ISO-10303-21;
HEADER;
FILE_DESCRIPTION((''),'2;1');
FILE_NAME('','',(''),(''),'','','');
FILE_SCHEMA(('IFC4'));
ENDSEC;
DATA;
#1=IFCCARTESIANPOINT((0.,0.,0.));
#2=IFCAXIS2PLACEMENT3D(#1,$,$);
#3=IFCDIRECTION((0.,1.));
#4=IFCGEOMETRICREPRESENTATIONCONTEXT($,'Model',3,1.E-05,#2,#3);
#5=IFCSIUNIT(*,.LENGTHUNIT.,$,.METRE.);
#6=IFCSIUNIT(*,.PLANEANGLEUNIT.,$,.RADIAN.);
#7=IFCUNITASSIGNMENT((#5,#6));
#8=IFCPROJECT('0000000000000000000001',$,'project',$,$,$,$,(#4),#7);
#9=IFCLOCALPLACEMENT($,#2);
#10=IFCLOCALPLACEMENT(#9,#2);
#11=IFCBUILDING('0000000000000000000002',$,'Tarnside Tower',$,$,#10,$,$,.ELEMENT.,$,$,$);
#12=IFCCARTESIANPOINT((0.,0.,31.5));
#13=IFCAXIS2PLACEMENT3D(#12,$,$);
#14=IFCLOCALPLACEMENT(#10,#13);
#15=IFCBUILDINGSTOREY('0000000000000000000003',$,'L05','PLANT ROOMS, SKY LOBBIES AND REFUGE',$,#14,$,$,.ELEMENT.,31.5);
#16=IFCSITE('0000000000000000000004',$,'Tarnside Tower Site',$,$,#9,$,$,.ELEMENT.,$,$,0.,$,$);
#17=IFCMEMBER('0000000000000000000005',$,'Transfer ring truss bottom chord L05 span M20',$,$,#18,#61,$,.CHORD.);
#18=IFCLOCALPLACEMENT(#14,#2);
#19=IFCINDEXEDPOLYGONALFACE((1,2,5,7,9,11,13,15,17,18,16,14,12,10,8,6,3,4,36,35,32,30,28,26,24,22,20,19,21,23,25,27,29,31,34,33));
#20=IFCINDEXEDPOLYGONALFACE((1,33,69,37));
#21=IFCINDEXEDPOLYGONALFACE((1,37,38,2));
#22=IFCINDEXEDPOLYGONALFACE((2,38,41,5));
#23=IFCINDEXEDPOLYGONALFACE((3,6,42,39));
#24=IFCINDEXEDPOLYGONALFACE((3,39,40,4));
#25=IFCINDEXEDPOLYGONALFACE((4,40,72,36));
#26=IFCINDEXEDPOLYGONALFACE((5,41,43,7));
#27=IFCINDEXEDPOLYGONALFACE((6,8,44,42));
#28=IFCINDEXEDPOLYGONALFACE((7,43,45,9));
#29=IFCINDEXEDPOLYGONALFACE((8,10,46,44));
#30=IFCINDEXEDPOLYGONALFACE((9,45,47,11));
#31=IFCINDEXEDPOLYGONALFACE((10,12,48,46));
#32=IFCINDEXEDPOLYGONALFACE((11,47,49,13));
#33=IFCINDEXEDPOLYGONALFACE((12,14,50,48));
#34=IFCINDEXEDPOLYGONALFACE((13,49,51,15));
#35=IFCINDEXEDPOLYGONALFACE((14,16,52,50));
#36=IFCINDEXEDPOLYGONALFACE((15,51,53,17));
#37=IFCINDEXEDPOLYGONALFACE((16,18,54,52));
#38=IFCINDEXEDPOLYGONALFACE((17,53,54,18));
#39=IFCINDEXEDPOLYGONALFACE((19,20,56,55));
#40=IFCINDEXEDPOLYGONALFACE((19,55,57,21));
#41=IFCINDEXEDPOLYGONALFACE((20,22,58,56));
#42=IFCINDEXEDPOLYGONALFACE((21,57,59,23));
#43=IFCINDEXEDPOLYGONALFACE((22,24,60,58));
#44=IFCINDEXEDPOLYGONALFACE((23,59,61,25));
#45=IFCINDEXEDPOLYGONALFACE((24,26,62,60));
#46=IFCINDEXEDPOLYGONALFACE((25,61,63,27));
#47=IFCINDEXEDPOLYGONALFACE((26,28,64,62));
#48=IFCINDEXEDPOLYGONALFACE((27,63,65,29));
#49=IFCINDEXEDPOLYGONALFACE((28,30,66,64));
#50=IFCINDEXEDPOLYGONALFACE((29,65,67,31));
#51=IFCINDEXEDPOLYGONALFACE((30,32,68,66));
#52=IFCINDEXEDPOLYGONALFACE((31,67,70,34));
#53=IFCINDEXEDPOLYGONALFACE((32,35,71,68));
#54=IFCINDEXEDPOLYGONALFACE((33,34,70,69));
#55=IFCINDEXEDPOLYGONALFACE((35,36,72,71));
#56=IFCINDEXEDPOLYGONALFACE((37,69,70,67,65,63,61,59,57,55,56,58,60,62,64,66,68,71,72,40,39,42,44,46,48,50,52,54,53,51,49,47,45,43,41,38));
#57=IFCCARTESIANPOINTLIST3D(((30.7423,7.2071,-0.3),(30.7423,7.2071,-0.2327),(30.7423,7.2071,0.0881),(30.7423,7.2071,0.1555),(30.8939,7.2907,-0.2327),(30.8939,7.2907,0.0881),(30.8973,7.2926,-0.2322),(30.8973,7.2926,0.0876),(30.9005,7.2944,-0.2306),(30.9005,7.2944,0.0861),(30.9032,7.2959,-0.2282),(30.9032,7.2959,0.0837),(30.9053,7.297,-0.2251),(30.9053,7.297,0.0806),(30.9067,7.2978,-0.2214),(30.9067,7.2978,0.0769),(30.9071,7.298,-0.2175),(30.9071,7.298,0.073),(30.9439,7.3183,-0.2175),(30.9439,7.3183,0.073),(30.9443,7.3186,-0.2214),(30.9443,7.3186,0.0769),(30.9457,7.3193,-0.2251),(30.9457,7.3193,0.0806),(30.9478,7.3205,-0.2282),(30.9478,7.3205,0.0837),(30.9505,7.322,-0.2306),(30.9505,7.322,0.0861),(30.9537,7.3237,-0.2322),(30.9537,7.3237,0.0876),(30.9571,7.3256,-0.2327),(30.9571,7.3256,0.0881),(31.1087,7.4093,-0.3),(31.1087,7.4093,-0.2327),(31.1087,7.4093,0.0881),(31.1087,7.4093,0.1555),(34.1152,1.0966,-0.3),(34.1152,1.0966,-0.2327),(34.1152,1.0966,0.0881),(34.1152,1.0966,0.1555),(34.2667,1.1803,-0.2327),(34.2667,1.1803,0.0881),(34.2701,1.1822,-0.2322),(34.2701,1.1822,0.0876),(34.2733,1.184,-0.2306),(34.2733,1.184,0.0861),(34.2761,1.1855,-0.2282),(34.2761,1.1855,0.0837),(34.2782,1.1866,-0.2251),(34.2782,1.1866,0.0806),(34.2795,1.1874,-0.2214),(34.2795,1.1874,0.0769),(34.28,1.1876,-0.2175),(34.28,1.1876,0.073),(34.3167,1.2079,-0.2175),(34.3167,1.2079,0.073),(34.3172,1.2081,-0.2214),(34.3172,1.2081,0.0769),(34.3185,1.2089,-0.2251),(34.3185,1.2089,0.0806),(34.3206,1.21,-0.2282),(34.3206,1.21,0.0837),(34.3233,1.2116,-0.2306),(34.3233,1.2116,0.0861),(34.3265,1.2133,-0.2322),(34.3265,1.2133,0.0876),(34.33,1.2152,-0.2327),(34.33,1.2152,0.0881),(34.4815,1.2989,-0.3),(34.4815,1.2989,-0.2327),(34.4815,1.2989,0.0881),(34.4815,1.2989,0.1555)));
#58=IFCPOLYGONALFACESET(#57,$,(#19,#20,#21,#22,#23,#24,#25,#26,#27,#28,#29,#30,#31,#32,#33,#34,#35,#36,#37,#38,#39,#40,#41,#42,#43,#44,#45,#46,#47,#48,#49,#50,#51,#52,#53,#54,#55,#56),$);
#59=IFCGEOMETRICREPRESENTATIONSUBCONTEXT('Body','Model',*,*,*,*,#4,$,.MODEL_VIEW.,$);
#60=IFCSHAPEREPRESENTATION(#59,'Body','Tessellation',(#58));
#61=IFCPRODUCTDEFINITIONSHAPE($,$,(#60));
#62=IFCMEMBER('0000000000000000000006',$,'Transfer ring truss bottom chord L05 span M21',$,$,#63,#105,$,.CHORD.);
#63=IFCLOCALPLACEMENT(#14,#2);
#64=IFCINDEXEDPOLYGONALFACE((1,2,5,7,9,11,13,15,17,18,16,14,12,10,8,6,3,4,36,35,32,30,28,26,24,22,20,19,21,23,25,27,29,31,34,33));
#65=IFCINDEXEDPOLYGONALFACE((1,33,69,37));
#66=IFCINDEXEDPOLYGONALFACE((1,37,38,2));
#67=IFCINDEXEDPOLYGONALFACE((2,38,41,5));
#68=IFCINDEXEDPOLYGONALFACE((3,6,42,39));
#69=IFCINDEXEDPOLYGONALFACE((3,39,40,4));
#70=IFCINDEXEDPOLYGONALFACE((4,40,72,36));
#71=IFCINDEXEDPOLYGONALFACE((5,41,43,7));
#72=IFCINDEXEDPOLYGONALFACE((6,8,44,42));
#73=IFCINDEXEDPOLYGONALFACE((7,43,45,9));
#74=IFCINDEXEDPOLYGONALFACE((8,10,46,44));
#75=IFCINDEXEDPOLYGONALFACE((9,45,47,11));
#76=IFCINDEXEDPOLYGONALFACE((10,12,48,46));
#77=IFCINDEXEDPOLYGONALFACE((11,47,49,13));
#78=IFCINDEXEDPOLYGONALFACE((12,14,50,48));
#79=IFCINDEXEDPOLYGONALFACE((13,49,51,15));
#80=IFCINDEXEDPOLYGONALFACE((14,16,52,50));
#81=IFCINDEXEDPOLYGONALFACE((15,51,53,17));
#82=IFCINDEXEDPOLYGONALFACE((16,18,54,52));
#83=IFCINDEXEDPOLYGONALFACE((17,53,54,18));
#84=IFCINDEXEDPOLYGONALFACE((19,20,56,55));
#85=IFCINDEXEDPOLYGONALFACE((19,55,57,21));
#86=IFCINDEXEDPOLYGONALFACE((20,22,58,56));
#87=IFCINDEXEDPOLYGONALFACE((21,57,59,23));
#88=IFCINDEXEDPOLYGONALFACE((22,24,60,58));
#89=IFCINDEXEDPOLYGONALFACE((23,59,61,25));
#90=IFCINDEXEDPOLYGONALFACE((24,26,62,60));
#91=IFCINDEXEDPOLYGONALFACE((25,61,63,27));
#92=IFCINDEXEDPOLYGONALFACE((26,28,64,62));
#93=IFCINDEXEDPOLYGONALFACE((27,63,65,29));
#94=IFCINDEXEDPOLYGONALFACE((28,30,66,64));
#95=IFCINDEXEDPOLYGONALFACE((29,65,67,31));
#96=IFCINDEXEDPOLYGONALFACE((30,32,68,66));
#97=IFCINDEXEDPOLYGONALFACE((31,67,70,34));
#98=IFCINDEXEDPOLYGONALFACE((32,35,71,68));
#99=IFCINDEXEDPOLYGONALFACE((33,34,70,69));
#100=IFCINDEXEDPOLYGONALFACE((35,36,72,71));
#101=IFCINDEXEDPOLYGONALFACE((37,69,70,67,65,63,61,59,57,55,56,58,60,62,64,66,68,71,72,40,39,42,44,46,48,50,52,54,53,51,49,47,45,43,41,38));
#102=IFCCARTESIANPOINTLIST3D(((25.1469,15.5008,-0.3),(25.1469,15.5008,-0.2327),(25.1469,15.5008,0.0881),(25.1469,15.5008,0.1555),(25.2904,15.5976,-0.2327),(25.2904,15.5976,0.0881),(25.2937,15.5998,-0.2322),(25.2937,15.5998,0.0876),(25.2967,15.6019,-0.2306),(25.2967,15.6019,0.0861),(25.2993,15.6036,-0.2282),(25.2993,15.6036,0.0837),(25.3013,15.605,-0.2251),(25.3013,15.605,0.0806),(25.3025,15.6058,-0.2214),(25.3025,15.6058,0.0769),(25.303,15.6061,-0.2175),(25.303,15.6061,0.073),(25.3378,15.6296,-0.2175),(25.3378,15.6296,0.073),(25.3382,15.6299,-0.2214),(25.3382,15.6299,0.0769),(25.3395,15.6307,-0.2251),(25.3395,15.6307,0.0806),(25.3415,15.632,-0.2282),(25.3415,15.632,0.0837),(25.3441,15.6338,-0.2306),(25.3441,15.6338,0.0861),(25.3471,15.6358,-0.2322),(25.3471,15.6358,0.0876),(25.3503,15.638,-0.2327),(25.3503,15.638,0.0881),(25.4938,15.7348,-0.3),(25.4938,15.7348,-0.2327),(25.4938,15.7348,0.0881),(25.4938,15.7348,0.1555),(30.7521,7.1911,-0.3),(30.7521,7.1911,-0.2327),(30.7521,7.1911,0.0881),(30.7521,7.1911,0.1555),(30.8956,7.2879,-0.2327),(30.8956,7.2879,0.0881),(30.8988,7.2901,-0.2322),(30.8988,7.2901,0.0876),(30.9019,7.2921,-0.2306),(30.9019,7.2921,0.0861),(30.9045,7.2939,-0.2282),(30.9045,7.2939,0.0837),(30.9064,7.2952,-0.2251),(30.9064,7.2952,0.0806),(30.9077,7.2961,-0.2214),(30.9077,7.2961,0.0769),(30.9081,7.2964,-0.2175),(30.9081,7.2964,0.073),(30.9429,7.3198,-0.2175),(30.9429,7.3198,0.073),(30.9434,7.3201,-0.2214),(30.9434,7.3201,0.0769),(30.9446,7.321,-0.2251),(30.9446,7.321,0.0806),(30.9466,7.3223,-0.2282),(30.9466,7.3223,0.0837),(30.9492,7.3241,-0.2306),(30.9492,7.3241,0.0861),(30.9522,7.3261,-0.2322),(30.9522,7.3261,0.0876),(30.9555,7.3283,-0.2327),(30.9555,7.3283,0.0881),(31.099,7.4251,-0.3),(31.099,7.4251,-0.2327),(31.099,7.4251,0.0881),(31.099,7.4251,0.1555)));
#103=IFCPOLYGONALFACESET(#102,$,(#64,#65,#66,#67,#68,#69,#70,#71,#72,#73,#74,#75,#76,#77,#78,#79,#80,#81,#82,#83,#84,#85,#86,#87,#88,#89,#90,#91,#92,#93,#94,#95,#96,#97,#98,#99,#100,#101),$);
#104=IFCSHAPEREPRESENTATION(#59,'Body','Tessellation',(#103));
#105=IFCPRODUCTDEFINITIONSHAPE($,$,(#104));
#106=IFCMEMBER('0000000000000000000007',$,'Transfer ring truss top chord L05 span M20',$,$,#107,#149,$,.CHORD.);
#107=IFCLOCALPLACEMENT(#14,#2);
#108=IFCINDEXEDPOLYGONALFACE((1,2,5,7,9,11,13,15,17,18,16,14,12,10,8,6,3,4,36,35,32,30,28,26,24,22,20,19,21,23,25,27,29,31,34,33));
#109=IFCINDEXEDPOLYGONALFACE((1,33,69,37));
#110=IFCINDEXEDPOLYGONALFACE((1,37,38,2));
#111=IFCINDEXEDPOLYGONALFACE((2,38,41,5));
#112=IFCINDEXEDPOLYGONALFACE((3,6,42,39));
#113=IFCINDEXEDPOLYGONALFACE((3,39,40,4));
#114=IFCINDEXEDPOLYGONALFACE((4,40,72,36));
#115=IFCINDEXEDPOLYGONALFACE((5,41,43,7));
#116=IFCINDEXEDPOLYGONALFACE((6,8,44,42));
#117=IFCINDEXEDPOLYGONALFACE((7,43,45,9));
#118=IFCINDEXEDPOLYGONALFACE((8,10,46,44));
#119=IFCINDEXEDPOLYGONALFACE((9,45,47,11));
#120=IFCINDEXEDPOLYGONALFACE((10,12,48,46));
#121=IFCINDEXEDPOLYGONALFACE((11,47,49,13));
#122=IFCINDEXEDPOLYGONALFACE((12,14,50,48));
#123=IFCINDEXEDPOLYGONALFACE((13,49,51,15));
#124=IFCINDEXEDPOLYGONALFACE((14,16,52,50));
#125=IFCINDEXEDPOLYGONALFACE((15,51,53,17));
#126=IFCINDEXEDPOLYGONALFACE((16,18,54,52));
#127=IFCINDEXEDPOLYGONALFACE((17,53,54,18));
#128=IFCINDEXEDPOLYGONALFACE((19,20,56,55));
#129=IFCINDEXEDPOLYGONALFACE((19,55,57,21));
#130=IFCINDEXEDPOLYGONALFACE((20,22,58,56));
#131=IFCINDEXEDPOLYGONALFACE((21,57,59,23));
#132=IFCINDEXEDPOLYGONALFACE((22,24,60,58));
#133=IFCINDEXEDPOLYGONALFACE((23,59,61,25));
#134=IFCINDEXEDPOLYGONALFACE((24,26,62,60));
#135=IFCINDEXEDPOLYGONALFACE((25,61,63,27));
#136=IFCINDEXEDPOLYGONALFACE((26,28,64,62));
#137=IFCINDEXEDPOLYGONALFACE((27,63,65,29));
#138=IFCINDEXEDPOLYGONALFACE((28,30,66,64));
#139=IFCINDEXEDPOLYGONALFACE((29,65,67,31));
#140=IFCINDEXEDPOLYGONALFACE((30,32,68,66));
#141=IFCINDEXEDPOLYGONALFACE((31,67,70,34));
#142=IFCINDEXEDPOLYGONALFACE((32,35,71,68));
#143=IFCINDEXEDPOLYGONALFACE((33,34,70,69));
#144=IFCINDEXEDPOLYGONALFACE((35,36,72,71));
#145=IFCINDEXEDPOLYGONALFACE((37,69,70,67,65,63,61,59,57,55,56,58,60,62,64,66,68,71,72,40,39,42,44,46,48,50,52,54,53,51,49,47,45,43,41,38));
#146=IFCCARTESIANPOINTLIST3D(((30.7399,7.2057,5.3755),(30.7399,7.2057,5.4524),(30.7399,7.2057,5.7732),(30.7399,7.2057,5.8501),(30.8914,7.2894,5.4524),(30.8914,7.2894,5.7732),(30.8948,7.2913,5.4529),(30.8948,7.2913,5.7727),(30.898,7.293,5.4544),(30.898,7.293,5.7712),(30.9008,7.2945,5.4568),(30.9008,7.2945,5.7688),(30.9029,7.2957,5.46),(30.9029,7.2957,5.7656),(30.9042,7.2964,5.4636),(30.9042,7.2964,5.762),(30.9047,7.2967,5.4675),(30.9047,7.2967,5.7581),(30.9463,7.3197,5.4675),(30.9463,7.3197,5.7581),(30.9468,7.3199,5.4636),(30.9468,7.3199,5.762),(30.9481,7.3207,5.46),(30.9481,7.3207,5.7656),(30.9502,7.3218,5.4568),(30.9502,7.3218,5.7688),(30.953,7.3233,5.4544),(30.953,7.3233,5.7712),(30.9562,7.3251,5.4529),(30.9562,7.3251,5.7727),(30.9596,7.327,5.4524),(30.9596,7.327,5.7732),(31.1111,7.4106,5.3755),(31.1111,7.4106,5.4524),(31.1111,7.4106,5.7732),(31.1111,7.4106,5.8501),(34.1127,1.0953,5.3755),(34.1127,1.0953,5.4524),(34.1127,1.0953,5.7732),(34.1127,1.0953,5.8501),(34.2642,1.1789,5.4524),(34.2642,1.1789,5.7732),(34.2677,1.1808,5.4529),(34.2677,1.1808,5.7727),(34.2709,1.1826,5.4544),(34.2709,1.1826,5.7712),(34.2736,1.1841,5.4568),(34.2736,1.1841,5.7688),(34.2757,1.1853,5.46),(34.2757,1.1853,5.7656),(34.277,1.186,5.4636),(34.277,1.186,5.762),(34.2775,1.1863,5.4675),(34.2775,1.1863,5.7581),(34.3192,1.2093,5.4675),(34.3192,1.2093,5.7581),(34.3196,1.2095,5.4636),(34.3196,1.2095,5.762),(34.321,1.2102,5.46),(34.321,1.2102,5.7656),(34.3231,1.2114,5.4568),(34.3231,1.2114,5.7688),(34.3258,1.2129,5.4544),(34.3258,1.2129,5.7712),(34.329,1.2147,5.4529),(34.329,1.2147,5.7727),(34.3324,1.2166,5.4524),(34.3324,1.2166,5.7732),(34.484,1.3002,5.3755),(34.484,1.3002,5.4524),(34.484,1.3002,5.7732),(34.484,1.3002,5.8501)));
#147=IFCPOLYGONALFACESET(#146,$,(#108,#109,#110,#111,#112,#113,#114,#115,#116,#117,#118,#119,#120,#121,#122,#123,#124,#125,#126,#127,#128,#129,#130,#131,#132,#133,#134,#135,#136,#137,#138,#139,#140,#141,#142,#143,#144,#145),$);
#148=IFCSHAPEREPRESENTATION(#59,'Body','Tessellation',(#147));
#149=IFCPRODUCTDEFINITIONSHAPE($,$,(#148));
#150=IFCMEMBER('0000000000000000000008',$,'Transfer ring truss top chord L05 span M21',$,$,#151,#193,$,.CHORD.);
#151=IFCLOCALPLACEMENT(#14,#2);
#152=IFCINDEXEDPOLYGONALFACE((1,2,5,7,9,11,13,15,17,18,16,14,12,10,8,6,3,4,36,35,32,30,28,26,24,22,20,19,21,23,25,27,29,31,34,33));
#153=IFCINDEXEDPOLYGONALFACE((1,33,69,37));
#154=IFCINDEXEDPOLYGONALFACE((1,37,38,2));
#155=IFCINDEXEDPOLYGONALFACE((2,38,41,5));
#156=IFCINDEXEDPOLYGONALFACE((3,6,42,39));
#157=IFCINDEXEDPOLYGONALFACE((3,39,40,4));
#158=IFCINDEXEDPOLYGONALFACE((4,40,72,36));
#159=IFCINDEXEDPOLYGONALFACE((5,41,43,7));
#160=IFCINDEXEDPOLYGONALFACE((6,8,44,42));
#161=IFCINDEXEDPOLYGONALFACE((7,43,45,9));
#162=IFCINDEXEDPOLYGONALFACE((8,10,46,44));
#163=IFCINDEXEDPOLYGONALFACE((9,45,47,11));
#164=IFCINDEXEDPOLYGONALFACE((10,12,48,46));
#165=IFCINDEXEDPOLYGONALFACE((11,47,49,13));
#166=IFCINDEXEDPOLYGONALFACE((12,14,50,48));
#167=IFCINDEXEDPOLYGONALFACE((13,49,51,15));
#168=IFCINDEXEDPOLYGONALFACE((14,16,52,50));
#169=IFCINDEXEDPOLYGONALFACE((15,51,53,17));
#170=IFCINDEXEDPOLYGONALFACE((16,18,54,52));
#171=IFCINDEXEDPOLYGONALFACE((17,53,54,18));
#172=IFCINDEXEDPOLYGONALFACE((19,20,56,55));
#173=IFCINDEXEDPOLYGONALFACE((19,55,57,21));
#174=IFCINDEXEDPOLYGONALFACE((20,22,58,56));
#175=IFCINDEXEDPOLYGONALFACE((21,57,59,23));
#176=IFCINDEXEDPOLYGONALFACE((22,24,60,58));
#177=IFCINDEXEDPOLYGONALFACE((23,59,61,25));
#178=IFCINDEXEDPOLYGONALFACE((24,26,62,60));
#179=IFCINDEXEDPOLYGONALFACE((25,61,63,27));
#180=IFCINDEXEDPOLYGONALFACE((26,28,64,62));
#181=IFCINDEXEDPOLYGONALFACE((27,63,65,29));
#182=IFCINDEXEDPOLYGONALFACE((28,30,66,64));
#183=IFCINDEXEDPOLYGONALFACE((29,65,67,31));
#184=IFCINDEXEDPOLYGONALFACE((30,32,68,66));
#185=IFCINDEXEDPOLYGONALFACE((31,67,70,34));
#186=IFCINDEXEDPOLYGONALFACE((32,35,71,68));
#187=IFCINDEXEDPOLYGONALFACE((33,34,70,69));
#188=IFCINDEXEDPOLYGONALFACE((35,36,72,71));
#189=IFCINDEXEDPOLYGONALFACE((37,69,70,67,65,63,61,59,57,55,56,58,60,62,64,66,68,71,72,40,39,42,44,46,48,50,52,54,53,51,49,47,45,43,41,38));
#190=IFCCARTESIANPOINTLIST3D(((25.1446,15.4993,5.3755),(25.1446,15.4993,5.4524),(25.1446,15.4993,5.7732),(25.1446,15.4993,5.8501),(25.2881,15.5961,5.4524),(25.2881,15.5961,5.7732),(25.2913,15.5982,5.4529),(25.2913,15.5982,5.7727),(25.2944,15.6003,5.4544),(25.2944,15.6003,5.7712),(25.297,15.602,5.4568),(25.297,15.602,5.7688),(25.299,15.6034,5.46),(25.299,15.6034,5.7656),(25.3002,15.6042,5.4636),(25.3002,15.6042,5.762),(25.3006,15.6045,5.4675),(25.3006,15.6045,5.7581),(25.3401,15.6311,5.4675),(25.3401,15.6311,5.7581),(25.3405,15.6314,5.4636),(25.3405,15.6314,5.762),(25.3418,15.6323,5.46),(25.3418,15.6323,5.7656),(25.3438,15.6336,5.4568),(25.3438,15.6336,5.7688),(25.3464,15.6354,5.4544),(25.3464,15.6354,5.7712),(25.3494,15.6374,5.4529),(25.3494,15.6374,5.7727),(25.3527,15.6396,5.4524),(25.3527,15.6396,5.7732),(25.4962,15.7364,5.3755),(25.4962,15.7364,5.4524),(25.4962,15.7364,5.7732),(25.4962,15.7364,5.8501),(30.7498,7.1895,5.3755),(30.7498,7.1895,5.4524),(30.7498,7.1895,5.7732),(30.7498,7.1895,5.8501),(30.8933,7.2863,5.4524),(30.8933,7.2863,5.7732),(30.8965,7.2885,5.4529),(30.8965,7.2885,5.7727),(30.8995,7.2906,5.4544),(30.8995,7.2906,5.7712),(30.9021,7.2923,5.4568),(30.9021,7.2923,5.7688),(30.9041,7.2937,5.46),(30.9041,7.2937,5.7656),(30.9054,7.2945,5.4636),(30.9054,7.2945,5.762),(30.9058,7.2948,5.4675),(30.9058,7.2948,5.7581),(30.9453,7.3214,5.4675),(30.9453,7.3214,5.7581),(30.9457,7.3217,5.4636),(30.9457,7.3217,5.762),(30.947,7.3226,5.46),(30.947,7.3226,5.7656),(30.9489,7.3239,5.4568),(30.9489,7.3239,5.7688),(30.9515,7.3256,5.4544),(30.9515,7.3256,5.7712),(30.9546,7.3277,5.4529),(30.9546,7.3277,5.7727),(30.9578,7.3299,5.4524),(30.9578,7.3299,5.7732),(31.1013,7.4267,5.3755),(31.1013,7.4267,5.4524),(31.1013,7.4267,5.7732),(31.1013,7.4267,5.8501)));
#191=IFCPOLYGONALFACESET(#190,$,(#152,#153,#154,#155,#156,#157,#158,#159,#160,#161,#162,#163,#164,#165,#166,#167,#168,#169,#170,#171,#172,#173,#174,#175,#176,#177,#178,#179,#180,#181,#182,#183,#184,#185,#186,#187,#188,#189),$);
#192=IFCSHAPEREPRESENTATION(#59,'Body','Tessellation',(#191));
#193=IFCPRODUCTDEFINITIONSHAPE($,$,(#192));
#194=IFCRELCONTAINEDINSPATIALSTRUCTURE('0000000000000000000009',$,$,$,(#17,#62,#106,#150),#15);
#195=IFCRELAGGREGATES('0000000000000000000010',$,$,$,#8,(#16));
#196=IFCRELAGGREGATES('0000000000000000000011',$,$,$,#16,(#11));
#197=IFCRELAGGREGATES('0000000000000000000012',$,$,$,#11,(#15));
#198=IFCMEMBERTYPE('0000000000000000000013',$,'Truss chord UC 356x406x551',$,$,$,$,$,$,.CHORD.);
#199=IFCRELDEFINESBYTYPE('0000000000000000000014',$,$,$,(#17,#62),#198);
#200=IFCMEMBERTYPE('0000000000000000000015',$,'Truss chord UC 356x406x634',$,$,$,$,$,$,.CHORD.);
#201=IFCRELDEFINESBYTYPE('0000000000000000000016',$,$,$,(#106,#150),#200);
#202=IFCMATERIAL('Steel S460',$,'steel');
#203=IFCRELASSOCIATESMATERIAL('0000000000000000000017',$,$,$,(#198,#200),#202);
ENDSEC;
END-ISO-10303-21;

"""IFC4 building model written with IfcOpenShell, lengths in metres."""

from ifc_helpers import new_model, si_unit, direction, frame, origin, origin_2d, place, context, subcontext, project, spatial, i_section, extrude, material, material_profile, profile_set, type_object, element, save


model = new_model("IFC4")

# Units and contexts
model_context = context("Model", 3, precision=1e-05, world=origin(), true_north=direction((0.0, 1.0)))
body_context = subcontext(model_context, "Body", "Model", "MODEL_VIEW")
ifc_project = project(units=[si_unit("LENGTHUNIT", "METRE"), si_unit("PLANEANGLEUNIT", "RADIAN")], contexts=[model_context])

# Site, building, storey
site_placement = place(None, origin())
site = spatial("IfcSite", under=ifc_project, at=site_placement, Name="Tarnside Tower Site", CompositionType="ELEMENT", RefElevation=0.0)
building_placement = place(site_placement, origin())
building = spatial("IfcBuilding", under=site, at=building_placement, Name="Tarnside Tower", CompositionType="ELEMENT")
storey_placement = place(building_placement, frame((0.0, 0.0, 31.5)))
storey = spatial("IfcBuildingStorey", under=building, at=storey_placement, Name="L05", Description="PLANT ROOMS, SKY LOBBIES AND REFUGE", CompositionType="ELEMENT", Elevation=31.5)

# Members
ifc_material_1 = material(Name="Steel S460", Category="steel")
ifc_material_profile_1 = material_profile(ifc_material_1, i_section(OverallWidth=0.4185, OverallDepth=0.4556, WebThickness=0.042, FlangeThickness=0.0674, FilletRadius=0.0151, at=origin_2d()), Name="UC 356x406x551")
ifc_profile_set_1 = profile_set([ifc_material_profile_1], Name="Steel S460")
member_type_1 = type_object("IfcMemberType", Name="Truss chord UC 356x406x551", PredefinedType="CHORD", material=ifc_profile_set_1)
member_1_placement = place(storey_placement, frame((34.2983, 1.1978, -0.0723), z_axis=(-0.48325, 0.875482, 0.0), x_axis=(-0.875482, -0.48325, 0.0)))
element("IfcMember", 1, at=member_1_placement, inside=storey, type_object=member_type_1, Name="Transfer ring truss bottom chord L05 span M20", PredefinedType="CHORD", context=body_context, shape_type="SweptSolid", body=[
    extrude(i_section(OverallWidth=0.4185, OverallDepth=0.4556, WebThickness=0.042, FlangeThickness=0.0674, FilletRadius=0.0151, at=origin_2d()), origin(), (0.0, 0.0, 1.0), 6.9795),
])
member_2_placement = place(storey_placement, frame((30.9255, 7.3081, -0.0723), z_axis=(-0.559206, 0.829029, 0.0), x_axis=(-0.829029, -0.559206, 0.0)))
element("IfcMember", 2, at=member_2_placement, inside=storey, type_object=member_type_1, Name="Transfer ring truss bottom chord L05 span M21", PredefinedType="CHORD", context=body_context, shape_type="SweptSolid", body=[
    extrude(i_section(OverallWidth=0.4185, OverallDepth=0.4556, WebThickness=0.042, FlangeThickness=0.0674, FilletRadius=0.0151, at=origin_2d()), origin(), (0.0, 0.0, 1.0), 10.0234),
])
ifc_material_profile_2 = material_profile(ifc_material_1, i_section(OverallWidth=0.4241, OverallDepth=0.4746, WebThickness=0.0476, FlangeThickness=0.0769, FilletRadius=0.0151, at=origin_2d()), Name="UC 356x406x634")
ifc_profile_set_2 = profile_set([ifc_material_profile_2], Name="Steel S460")
member_type_2 = type_object("IfcMemberType", Name="Truss chord UC 356x406x634", PredefinedType="CHORD", material=ifc_profile_set_2)
member_3_placement = place(storey_placement, frame((34.2983, 1.1978, 5.6128), z_axis=(-0.48325, 0.875482, 0.0), x_axis=(-0.875482, -0.48325, 0.0)))
element("IfcMember", 3, at=member_3_placement, inside=storey, type_object=member_type_2, Name="Transfer ring truss top chord L05 span M20", PredefinedType="CHORD", context=body_context, shape_type="SweptSolid", body=[
    extrude(i_section(OverallWidth=0.4241, OverallDepth=0.4746, WebThickness=0.0476, FlangeThickness=0.0769, FilletRadius=0.0151, at=origin_2d()), origin(), (0.0, 0.0, 1.0), 6.9795),
])
member_4_placement = place(storey_placement, frame((30.9255, 7.3081, 5.6128), z_axis=(-0.559206, 0.829029, 0.0), x_axis=(-0.829029, -0.559206, 0.0)))
element("IfcMember", 4, at=member_4_placement, inside=storey, type_object=member_type_2, Name="Transfer ring truss top chord L05 span M21", PredefinedType="CHORD", context=body_context, shape_type="SweptSolid", body=[
    extrude(i_section(OverallWidth=0.4241, OverallDepth=0.4746, WebThickness=0.0476, FlangeThickness=0.0769, FilletRadius=0.0151, at=origin_2d()), origin(), (0.0, 0.0, 1.0), 10.0234),
])

save(model, "model.ifc")
